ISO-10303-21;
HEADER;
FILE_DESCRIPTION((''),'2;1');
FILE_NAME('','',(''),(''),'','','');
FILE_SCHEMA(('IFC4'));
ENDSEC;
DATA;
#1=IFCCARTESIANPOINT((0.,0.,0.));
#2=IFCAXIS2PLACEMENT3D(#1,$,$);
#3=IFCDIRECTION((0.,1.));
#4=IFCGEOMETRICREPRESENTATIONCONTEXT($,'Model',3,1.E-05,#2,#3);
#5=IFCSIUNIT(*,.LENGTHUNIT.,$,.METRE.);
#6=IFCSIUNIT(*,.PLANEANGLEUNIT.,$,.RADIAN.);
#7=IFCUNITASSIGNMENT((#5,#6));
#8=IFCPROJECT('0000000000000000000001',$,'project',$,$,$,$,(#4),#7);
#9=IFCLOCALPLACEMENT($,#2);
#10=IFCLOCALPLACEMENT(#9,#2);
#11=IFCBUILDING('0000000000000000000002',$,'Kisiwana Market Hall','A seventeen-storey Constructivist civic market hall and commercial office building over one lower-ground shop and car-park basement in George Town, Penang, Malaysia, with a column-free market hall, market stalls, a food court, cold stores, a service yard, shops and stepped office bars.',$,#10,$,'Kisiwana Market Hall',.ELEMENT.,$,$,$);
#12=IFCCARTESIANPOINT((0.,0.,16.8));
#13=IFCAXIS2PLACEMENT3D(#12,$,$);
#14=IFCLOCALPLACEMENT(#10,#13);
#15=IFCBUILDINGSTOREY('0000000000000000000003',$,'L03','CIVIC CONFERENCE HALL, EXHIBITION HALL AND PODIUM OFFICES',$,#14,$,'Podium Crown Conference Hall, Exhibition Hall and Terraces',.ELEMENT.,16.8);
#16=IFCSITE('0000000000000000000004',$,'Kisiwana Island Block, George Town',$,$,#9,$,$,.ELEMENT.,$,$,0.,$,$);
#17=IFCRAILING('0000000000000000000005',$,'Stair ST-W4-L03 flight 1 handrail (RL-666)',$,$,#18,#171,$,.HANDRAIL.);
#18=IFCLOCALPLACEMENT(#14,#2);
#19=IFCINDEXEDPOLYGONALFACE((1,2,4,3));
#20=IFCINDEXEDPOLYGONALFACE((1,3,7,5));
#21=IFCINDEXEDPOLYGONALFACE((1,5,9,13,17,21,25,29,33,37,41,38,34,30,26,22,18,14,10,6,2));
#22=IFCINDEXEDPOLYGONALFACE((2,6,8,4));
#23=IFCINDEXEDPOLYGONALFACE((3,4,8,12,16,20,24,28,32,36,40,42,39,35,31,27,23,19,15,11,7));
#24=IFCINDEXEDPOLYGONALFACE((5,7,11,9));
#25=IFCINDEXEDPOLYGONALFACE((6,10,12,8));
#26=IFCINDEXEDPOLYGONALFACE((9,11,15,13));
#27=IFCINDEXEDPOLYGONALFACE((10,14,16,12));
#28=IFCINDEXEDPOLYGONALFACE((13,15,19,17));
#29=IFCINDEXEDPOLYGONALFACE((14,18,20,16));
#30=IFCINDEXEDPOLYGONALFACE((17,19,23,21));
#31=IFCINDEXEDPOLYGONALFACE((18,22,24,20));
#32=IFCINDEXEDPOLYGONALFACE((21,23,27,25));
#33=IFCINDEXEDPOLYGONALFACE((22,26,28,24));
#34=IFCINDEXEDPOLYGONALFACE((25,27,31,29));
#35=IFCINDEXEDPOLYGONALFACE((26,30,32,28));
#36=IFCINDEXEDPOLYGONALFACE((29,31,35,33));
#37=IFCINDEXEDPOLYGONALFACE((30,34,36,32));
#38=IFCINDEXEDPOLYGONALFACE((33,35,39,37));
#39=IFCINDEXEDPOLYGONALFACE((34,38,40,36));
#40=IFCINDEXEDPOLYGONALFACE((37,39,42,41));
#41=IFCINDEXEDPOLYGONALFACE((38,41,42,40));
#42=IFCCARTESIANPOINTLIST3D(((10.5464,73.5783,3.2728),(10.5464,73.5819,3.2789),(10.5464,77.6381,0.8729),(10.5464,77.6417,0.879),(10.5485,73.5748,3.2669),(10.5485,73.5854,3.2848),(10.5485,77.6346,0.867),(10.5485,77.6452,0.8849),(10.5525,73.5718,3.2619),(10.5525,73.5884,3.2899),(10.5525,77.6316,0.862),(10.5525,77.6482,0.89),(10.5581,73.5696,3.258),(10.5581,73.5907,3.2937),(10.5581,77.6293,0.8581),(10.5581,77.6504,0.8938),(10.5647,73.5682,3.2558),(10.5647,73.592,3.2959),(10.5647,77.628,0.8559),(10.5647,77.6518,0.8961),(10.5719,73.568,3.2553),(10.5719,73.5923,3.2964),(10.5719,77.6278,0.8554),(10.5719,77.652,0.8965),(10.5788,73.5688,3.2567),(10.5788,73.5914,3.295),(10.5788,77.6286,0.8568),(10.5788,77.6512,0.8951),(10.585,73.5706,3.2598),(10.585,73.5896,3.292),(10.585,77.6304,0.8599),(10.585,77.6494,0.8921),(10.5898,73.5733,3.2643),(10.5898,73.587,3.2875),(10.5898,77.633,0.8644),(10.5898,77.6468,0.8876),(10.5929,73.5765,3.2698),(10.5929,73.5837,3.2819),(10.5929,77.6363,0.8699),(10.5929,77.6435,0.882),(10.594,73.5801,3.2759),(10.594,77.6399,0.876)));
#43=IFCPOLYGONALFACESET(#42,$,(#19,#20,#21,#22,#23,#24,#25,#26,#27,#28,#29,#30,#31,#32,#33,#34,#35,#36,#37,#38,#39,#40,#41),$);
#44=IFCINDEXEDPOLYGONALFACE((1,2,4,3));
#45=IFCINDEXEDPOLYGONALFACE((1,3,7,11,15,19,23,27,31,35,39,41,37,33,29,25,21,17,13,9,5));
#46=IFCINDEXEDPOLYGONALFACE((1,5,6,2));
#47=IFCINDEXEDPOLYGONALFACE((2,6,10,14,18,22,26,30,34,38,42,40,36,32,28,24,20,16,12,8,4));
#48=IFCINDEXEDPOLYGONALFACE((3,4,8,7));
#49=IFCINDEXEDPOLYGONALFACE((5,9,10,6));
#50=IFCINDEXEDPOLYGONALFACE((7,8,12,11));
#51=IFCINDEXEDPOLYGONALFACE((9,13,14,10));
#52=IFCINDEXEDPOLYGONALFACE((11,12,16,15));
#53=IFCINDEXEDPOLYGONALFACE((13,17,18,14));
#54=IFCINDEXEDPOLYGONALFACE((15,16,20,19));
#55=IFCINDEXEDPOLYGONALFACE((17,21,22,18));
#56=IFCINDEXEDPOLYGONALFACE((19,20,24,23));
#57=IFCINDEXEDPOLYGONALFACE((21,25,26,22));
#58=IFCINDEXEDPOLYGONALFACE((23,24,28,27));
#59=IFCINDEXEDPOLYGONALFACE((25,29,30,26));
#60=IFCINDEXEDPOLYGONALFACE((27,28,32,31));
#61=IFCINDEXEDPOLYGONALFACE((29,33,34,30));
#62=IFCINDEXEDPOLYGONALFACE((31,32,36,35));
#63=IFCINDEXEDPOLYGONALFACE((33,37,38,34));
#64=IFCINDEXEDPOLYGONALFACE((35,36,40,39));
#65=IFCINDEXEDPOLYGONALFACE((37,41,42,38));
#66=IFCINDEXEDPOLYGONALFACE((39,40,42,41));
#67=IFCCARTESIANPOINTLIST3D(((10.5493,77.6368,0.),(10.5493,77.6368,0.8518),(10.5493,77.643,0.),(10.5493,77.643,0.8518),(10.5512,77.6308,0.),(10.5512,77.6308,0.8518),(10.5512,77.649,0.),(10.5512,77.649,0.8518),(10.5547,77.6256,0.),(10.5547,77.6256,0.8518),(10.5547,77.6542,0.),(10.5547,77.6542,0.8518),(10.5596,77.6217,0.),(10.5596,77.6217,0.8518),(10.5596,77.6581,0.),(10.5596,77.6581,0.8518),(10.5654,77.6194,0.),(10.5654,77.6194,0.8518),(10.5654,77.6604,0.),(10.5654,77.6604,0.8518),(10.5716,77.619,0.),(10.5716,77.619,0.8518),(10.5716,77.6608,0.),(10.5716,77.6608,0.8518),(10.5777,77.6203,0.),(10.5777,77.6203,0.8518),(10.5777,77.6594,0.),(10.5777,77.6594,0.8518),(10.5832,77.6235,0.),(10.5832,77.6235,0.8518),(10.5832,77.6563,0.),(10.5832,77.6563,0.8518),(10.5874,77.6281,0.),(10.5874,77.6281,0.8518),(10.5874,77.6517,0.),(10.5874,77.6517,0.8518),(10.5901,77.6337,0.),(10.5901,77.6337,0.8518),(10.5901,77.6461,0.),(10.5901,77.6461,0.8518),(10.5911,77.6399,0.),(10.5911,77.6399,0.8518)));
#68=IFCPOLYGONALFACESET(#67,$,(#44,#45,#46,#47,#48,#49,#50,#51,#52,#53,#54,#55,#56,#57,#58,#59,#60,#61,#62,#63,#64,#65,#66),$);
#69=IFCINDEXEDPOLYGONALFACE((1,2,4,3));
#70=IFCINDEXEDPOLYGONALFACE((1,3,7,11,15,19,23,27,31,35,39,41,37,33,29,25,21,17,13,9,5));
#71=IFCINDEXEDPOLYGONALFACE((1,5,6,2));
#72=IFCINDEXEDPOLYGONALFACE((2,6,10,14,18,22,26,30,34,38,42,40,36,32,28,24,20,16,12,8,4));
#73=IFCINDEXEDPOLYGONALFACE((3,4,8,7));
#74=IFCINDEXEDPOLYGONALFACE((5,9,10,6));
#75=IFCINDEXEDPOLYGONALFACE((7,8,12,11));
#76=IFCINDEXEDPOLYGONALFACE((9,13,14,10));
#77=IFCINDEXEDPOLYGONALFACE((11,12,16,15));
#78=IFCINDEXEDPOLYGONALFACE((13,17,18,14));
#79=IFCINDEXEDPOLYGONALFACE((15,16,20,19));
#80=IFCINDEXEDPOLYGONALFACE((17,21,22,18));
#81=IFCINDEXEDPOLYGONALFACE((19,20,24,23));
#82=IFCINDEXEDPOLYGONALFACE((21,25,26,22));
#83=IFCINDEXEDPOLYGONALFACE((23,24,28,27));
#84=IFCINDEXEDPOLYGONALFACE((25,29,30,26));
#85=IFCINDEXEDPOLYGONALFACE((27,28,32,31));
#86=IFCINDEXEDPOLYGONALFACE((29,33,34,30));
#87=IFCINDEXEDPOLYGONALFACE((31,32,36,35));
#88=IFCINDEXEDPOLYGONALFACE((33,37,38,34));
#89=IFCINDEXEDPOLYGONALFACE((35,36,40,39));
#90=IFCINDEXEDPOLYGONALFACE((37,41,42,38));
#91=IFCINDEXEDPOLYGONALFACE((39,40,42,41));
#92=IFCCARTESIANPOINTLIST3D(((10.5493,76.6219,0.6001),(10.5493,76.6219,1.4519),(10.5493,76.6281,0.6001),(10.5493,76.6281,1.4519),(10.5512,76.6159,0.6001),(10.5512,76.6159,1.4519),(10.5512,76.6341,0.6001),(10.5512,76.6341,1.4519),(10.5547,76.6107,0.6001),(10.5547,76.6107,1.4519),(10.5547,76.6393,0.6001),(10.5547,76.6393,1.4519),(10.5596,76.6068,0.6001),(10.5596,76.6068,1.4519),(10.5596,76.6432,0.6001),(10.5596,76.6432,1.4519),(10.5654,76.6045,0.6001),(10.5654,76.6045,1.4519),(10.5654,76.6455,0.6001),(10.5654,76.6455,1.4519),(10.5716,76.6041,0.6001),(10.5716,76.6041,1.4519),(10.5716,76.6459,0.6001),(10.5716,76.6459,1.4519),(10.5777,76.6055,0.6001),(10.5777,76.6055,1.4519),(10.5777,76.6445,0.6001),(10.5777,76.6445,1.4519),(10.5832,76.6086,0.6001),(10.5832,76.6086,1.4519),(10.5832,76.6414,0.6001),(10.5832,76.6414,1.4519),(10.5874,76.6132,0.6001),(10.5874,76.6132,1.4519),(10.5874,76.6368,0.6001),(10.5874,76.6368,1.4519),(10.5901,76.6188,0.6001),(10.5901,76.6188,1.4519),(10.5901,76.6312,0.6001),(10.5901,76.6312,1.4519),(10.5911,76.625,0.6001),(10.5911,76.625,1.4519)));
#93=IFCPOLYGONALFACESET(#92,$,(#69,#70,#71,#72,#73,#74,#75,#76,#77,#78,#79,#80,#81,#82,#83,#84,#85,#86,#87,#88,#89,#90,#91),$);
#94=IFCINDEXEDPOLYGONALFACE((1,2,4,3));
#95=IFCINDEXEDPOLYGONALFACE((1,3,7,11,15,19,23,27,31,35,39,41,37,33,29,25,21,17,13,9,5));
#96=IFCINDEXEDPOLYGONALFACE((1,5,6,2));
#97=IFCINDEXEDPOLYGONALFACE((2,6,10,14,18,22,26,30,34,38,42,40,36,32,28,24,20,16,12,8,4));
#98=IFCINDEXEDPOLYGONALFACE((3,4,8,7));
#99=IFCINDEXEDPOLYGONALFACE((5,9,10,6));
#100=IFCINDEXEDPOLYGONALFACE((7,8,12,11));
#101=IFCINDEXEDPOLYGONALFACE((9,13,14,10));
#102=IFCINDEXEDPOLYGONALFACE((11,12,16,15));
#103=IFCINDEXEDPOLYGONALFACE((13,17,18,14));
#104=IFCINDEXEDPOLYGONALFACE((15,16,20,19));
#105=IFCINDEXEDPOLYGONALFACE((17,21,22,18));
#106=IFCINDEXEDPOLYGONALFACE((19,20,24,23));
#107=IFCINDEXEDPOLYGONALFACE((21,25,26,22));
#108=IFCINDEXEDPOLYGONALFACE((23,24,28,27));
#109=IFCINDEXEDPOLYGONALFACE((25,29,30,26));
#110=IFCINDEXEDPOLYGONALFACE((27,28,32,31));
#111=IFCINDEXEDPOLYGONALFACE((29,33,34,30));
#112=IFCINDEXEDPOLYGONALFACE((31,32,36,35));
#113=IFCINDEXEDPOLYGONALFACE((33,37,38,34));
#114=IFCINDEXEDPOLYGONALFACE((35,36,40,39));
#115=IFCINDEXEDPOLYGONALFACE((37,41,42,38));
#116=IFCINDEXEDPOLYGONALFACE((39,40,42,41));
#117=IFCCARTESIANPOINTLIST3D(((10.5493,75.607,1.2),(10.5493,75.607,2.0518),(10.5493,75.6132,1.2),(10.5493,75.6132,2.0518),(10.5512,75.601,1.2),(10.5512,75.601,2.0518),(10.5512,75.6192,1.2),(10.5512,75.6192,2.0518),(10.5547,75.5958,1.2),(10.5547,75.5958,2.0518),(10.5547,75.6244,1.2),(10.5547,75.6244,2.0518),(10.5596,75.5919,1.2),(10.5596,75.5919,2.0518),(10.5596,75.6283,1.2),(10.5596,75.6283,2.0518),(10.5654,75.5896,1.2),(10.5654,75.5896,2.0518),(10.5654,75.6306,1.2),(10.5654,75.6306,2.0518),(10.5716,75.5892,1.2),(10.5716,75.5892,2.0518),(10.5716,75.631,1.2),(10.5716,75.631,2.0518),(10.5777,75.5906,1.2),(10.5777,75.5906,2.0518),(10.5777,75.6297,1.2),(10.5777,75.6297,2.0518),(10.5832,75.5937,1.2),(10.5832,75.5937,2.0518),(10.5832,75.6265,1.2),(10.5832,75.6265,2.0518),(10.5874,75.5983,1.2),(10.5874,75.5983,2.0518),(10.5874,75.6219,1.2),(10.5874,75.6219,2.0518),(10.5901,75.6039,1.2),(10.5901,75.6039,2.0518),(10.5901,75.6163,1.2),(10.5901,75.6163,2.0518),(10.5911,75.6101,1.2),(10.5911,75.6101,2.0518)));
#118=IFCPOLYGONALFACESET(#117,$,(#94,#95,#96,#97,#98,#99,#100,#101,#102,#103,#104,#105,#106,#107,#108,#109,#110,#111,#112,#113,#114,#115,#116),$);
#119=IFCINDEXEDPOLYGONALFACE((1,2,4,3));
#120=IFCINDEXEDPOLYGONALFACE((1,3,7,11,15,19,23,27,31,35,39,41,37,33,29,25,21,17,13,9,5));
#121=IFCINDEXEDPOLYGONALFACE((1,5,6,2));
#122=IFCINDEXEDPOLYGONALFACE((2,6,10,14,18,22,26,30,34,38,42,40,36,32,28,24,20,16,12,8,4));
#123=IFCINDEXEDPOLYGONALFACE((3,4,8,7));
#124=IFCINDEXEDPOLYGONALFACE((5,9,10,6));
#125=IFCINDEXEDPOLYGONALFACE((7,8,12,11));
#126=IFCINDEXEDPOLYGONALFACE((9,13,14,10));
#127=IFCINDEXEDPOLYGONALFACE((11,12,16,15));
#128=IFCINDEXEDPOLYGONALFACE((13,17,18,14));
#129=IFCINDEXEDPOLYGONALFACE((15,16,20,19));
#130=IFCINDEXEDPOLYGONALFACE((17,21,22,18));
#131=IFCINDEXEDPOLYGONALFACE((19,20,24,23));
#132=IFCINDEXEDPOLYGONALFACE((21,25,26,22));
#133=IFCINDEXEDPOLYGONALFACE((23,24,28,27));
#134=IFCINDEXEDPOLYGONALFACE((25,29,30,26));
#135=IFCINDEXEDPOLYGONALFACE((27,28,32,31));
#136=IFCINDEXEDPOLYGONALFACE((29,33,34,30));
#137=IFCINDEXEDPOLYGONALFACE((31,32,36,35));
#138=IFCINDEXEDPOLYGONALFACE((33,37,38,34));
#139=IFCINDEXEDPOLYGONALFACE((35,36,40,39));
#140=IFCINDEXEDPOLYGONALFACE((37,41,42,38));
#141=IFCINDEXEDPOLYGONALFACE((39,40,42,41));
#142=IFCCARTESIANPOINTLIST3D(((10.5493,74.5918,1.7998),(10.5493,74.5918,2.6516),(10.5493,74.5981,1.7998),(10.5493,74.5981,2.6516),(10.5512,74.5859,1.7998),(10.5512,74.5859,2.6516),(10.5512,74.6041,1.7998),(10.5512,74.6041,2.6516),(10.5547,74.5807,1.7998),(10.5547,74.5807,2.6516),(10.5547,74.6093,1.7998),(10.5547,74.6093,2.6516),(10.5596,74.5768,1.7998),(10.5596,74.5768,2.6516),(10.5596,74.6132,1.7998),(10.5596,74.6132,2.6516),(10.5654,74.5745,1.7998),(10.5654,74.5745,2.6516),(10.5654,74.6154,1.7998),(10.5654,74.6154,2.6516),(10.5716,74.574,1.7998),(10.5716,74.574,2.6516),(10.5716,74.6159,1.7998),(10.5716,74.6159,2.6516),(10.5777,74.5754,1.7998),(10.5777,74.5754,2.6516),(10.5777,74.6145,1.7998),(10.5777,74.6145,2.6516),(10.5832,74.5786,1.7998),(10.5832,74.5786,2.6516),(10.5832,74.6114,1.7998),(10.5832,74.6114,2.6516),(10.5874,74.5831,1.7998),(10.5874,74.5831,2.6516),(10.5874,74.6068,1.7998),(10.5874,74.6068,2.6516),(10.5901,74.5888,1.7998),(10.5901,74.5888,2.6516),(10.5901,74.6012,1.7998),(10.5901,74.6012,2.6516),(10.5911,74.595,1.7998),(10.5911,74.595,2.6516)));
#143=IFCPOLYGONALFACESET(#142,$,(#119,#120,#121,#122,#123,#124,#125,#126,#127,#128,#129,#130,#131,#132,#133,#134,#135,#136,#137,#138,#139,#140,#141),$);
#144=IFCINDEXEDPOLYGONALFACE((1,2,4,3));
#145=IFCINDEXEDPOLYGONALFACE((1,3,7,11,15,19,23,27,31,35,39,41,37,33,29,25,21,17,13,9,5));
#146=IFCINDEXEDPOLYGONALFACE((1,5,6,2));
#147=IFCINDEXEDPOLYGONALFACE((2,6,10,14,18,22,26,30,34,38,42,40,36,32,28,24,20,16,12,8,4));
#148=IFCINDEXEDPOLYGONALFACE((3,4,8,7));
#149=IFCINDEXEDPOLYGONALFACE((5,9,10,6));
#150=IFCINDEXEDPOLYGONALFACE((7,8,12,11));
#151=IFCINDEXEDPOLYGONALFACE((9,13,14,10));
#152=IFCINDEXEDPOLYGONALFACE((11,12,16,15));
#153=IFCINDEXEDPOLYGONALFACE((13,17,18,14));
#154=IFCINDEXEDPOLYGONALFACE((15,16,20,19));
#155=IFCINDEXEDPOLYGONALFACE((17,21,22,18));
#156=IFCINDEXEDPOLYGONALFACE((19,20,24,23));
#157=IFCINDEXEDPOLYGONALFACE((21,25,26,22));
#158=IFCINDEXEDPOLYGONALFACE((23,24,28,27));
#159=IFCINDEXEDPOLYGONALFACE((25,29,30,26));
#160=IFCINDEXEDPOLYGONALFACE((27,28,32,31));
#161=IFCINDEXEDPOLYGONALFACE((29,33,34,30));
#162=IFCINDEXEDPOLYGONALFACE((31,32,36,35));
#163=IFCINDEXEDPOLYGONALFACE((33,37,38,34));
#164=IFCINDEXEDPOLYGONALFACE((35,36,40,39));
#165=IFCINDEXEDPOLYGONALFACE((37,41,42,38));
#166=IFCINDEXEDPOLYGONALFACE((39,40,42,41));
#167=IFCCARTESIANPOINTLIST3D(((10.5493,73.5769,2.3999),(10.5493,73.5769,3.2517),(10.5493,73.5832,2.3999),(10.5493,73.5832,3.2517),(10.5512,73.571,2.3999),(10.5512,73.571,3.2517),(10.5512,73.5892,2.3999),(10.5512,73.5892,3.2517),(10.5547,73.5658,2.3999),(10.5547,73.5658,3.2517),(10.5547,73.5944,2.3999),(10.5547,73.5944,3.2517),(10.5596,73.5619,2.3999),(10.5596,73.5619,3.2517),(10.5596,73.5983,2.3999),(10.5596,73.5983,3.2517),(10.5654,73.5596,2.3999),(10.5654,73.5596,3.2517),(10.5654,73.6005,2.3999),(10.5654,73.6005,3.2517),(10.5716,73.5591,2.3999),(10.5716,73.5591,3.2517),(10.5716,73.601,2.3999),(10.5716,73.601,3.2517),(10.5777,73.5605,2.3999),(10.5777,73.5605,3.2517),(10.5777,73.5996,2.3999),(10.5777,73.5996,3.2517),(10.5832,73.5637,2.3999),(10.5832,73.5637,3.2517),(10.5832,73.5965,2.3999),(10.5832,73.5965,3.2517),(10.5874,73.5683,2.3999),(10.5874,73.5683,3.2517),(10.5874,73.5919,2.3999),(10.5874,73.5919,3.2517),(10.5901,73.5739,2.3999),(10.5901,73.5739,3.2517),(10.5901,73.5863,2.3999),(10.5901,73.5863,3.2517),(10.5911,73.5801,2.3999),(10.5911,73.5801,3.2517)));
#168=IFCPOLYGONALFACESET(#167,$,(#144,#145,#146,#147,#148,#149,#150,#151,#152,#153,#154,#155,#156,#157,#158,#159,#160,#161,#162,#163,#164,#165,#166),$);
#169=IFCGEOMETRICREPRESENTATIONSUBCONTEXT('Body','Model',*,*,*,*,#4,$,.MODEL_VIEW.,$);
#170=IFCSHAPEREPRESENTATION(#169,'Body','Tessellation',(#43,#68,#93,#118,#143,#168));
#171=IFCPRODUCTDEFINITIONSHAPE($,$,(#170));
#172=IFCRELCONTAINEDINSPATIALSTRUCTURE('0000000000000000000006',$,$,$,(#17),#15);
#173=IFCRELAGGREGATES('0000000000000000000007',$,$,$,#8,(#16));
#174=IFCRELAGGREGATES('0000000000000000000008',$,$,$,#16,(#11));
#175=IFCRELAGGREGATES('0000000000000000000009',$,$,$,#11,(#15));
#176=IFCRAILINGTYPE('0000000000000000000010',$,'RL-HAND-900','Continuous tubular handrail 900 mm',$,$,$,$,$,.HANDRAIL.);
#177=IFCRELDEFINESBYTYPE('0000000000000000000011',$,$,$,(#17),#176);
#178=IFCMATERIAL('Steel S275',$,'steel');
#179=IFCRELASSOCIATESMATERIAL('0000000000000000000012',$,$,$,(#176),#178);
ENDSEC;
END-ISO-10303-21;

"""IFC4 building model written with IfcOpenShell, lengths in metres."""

from ifc_helpers import new_model, si_unit, direction, frame, origin, origin_2d, place, context, subcontext, project, spatial, circle, extrude, material, type_object, element, save


model = new_model("IFC4")

# Units and contexts
model_context = context("Model", 3, precision=1e-05, world=origin(), true_north=direction((0.0, 1.0)))
body_context = subcontext(model_context, "Body", "Model", "MODEL_VIEW")
ifc_project = project(units=[si_unit("LENGTHUNIT", "METRE"), si_unit("PLANEANGLEUNIT", "RADIAN")], contexts=[model_context])

# Site, building, storey
site_placement = place(None, origin())
site = spatial("IfcSite", under=ifc_project, at=site_placement, Name="Kisiwana Island Block, George Town", CompositionType="ELEMENT", RefElevation=0.0)
building_placement = place(site_placement, origin())
building = spatial("IfcBuilding", under=site, at=building_placement, Name="Kisiwana Market Hall", Description="A seventeen-storey Constructivist civic market hall and commercial office building over one lower-ground shop and car-park basement in George Town, Penang, Malaysia, with a column-free market hall, market stalls, a food court, cold stores, a service yard, shops and stepped office bars.", LongName="Kisiwana Market Hall", CompositionType="ELEMENT")
storey_placement = place(building_placement, frame((0.0, 0.0, 16.8)))
storey = spatial("IfcBuildingStorey", under=building, at=storey_placement, Name="L03", Description="CIVIC CONFERENCE HALL, EXHIBITION HALL AND PODIUM OFFICES", LongName="Podium Crown Conference Hall, Exhibition Hall and Terraces", CompositionType="ELEMENT", Elevation=16.8)

# Railing
ifc_material_1 = material(Name="Steel S275", Category="steel")
railing_type_1 = type_object("IfcRailingType", Name="RL-HAND-900", Description="Continuous tubular handrail 900 mm", PredefinedType="HANDRAIL", material=ifc_material_1)
for number, where, name in (
    (1, (10.5701, 77.6399, 0.0), "Stair ST-W4-L03 flight 1 handrail (RL-666)"),
):
    element("IfcRailing", number, at=place(storey_placement, frame(where)), inside=storey, type_object=railing_type_1, Name=name, PredefinedType="HANDRAIL", context=body_context, shape_type="SweptSolid", body=[
        extrude(circle(Radius=0.0239, at=origin_2d()), frame((0.0, 0.0, 0.876), z_axis=(0.0, -0.860841, 0.508874), x_axis=(1.0, 0.0, 0.0)), (0.0, 0.0, 1.0), 4.7161),
        extrude(circle(Radius=0.021, at=origin_2d()), origin(), (0.0, 0.0, 1.0), 0.8518),
        extrude(circle(Radius=0.021, at=origin_2d()), frame((0.0, -1.0149, 0.6001)), (0.0, 0.0, 1.0), 0.8518),
        extrude(circle(Radius=0.021, at=origin_2d()), frame((0.0, -2.0298, 1.2)), (0.0, 0.0, 1.0), 0.8518),
        extrude(circle(Radius=0.021, at=origin_2d()), frame((0.0, -3.0449, 1.7998)), (0.0, 0.0, 1.0), 0.8518),
        extrude(circle(Radius=0.021, at=origin_2d()), frame((0.0, -4.0598, 2.3999)), (0.0, 0.0, 1.0), 0.8518),
    ])

save(model, "model.ifc")
